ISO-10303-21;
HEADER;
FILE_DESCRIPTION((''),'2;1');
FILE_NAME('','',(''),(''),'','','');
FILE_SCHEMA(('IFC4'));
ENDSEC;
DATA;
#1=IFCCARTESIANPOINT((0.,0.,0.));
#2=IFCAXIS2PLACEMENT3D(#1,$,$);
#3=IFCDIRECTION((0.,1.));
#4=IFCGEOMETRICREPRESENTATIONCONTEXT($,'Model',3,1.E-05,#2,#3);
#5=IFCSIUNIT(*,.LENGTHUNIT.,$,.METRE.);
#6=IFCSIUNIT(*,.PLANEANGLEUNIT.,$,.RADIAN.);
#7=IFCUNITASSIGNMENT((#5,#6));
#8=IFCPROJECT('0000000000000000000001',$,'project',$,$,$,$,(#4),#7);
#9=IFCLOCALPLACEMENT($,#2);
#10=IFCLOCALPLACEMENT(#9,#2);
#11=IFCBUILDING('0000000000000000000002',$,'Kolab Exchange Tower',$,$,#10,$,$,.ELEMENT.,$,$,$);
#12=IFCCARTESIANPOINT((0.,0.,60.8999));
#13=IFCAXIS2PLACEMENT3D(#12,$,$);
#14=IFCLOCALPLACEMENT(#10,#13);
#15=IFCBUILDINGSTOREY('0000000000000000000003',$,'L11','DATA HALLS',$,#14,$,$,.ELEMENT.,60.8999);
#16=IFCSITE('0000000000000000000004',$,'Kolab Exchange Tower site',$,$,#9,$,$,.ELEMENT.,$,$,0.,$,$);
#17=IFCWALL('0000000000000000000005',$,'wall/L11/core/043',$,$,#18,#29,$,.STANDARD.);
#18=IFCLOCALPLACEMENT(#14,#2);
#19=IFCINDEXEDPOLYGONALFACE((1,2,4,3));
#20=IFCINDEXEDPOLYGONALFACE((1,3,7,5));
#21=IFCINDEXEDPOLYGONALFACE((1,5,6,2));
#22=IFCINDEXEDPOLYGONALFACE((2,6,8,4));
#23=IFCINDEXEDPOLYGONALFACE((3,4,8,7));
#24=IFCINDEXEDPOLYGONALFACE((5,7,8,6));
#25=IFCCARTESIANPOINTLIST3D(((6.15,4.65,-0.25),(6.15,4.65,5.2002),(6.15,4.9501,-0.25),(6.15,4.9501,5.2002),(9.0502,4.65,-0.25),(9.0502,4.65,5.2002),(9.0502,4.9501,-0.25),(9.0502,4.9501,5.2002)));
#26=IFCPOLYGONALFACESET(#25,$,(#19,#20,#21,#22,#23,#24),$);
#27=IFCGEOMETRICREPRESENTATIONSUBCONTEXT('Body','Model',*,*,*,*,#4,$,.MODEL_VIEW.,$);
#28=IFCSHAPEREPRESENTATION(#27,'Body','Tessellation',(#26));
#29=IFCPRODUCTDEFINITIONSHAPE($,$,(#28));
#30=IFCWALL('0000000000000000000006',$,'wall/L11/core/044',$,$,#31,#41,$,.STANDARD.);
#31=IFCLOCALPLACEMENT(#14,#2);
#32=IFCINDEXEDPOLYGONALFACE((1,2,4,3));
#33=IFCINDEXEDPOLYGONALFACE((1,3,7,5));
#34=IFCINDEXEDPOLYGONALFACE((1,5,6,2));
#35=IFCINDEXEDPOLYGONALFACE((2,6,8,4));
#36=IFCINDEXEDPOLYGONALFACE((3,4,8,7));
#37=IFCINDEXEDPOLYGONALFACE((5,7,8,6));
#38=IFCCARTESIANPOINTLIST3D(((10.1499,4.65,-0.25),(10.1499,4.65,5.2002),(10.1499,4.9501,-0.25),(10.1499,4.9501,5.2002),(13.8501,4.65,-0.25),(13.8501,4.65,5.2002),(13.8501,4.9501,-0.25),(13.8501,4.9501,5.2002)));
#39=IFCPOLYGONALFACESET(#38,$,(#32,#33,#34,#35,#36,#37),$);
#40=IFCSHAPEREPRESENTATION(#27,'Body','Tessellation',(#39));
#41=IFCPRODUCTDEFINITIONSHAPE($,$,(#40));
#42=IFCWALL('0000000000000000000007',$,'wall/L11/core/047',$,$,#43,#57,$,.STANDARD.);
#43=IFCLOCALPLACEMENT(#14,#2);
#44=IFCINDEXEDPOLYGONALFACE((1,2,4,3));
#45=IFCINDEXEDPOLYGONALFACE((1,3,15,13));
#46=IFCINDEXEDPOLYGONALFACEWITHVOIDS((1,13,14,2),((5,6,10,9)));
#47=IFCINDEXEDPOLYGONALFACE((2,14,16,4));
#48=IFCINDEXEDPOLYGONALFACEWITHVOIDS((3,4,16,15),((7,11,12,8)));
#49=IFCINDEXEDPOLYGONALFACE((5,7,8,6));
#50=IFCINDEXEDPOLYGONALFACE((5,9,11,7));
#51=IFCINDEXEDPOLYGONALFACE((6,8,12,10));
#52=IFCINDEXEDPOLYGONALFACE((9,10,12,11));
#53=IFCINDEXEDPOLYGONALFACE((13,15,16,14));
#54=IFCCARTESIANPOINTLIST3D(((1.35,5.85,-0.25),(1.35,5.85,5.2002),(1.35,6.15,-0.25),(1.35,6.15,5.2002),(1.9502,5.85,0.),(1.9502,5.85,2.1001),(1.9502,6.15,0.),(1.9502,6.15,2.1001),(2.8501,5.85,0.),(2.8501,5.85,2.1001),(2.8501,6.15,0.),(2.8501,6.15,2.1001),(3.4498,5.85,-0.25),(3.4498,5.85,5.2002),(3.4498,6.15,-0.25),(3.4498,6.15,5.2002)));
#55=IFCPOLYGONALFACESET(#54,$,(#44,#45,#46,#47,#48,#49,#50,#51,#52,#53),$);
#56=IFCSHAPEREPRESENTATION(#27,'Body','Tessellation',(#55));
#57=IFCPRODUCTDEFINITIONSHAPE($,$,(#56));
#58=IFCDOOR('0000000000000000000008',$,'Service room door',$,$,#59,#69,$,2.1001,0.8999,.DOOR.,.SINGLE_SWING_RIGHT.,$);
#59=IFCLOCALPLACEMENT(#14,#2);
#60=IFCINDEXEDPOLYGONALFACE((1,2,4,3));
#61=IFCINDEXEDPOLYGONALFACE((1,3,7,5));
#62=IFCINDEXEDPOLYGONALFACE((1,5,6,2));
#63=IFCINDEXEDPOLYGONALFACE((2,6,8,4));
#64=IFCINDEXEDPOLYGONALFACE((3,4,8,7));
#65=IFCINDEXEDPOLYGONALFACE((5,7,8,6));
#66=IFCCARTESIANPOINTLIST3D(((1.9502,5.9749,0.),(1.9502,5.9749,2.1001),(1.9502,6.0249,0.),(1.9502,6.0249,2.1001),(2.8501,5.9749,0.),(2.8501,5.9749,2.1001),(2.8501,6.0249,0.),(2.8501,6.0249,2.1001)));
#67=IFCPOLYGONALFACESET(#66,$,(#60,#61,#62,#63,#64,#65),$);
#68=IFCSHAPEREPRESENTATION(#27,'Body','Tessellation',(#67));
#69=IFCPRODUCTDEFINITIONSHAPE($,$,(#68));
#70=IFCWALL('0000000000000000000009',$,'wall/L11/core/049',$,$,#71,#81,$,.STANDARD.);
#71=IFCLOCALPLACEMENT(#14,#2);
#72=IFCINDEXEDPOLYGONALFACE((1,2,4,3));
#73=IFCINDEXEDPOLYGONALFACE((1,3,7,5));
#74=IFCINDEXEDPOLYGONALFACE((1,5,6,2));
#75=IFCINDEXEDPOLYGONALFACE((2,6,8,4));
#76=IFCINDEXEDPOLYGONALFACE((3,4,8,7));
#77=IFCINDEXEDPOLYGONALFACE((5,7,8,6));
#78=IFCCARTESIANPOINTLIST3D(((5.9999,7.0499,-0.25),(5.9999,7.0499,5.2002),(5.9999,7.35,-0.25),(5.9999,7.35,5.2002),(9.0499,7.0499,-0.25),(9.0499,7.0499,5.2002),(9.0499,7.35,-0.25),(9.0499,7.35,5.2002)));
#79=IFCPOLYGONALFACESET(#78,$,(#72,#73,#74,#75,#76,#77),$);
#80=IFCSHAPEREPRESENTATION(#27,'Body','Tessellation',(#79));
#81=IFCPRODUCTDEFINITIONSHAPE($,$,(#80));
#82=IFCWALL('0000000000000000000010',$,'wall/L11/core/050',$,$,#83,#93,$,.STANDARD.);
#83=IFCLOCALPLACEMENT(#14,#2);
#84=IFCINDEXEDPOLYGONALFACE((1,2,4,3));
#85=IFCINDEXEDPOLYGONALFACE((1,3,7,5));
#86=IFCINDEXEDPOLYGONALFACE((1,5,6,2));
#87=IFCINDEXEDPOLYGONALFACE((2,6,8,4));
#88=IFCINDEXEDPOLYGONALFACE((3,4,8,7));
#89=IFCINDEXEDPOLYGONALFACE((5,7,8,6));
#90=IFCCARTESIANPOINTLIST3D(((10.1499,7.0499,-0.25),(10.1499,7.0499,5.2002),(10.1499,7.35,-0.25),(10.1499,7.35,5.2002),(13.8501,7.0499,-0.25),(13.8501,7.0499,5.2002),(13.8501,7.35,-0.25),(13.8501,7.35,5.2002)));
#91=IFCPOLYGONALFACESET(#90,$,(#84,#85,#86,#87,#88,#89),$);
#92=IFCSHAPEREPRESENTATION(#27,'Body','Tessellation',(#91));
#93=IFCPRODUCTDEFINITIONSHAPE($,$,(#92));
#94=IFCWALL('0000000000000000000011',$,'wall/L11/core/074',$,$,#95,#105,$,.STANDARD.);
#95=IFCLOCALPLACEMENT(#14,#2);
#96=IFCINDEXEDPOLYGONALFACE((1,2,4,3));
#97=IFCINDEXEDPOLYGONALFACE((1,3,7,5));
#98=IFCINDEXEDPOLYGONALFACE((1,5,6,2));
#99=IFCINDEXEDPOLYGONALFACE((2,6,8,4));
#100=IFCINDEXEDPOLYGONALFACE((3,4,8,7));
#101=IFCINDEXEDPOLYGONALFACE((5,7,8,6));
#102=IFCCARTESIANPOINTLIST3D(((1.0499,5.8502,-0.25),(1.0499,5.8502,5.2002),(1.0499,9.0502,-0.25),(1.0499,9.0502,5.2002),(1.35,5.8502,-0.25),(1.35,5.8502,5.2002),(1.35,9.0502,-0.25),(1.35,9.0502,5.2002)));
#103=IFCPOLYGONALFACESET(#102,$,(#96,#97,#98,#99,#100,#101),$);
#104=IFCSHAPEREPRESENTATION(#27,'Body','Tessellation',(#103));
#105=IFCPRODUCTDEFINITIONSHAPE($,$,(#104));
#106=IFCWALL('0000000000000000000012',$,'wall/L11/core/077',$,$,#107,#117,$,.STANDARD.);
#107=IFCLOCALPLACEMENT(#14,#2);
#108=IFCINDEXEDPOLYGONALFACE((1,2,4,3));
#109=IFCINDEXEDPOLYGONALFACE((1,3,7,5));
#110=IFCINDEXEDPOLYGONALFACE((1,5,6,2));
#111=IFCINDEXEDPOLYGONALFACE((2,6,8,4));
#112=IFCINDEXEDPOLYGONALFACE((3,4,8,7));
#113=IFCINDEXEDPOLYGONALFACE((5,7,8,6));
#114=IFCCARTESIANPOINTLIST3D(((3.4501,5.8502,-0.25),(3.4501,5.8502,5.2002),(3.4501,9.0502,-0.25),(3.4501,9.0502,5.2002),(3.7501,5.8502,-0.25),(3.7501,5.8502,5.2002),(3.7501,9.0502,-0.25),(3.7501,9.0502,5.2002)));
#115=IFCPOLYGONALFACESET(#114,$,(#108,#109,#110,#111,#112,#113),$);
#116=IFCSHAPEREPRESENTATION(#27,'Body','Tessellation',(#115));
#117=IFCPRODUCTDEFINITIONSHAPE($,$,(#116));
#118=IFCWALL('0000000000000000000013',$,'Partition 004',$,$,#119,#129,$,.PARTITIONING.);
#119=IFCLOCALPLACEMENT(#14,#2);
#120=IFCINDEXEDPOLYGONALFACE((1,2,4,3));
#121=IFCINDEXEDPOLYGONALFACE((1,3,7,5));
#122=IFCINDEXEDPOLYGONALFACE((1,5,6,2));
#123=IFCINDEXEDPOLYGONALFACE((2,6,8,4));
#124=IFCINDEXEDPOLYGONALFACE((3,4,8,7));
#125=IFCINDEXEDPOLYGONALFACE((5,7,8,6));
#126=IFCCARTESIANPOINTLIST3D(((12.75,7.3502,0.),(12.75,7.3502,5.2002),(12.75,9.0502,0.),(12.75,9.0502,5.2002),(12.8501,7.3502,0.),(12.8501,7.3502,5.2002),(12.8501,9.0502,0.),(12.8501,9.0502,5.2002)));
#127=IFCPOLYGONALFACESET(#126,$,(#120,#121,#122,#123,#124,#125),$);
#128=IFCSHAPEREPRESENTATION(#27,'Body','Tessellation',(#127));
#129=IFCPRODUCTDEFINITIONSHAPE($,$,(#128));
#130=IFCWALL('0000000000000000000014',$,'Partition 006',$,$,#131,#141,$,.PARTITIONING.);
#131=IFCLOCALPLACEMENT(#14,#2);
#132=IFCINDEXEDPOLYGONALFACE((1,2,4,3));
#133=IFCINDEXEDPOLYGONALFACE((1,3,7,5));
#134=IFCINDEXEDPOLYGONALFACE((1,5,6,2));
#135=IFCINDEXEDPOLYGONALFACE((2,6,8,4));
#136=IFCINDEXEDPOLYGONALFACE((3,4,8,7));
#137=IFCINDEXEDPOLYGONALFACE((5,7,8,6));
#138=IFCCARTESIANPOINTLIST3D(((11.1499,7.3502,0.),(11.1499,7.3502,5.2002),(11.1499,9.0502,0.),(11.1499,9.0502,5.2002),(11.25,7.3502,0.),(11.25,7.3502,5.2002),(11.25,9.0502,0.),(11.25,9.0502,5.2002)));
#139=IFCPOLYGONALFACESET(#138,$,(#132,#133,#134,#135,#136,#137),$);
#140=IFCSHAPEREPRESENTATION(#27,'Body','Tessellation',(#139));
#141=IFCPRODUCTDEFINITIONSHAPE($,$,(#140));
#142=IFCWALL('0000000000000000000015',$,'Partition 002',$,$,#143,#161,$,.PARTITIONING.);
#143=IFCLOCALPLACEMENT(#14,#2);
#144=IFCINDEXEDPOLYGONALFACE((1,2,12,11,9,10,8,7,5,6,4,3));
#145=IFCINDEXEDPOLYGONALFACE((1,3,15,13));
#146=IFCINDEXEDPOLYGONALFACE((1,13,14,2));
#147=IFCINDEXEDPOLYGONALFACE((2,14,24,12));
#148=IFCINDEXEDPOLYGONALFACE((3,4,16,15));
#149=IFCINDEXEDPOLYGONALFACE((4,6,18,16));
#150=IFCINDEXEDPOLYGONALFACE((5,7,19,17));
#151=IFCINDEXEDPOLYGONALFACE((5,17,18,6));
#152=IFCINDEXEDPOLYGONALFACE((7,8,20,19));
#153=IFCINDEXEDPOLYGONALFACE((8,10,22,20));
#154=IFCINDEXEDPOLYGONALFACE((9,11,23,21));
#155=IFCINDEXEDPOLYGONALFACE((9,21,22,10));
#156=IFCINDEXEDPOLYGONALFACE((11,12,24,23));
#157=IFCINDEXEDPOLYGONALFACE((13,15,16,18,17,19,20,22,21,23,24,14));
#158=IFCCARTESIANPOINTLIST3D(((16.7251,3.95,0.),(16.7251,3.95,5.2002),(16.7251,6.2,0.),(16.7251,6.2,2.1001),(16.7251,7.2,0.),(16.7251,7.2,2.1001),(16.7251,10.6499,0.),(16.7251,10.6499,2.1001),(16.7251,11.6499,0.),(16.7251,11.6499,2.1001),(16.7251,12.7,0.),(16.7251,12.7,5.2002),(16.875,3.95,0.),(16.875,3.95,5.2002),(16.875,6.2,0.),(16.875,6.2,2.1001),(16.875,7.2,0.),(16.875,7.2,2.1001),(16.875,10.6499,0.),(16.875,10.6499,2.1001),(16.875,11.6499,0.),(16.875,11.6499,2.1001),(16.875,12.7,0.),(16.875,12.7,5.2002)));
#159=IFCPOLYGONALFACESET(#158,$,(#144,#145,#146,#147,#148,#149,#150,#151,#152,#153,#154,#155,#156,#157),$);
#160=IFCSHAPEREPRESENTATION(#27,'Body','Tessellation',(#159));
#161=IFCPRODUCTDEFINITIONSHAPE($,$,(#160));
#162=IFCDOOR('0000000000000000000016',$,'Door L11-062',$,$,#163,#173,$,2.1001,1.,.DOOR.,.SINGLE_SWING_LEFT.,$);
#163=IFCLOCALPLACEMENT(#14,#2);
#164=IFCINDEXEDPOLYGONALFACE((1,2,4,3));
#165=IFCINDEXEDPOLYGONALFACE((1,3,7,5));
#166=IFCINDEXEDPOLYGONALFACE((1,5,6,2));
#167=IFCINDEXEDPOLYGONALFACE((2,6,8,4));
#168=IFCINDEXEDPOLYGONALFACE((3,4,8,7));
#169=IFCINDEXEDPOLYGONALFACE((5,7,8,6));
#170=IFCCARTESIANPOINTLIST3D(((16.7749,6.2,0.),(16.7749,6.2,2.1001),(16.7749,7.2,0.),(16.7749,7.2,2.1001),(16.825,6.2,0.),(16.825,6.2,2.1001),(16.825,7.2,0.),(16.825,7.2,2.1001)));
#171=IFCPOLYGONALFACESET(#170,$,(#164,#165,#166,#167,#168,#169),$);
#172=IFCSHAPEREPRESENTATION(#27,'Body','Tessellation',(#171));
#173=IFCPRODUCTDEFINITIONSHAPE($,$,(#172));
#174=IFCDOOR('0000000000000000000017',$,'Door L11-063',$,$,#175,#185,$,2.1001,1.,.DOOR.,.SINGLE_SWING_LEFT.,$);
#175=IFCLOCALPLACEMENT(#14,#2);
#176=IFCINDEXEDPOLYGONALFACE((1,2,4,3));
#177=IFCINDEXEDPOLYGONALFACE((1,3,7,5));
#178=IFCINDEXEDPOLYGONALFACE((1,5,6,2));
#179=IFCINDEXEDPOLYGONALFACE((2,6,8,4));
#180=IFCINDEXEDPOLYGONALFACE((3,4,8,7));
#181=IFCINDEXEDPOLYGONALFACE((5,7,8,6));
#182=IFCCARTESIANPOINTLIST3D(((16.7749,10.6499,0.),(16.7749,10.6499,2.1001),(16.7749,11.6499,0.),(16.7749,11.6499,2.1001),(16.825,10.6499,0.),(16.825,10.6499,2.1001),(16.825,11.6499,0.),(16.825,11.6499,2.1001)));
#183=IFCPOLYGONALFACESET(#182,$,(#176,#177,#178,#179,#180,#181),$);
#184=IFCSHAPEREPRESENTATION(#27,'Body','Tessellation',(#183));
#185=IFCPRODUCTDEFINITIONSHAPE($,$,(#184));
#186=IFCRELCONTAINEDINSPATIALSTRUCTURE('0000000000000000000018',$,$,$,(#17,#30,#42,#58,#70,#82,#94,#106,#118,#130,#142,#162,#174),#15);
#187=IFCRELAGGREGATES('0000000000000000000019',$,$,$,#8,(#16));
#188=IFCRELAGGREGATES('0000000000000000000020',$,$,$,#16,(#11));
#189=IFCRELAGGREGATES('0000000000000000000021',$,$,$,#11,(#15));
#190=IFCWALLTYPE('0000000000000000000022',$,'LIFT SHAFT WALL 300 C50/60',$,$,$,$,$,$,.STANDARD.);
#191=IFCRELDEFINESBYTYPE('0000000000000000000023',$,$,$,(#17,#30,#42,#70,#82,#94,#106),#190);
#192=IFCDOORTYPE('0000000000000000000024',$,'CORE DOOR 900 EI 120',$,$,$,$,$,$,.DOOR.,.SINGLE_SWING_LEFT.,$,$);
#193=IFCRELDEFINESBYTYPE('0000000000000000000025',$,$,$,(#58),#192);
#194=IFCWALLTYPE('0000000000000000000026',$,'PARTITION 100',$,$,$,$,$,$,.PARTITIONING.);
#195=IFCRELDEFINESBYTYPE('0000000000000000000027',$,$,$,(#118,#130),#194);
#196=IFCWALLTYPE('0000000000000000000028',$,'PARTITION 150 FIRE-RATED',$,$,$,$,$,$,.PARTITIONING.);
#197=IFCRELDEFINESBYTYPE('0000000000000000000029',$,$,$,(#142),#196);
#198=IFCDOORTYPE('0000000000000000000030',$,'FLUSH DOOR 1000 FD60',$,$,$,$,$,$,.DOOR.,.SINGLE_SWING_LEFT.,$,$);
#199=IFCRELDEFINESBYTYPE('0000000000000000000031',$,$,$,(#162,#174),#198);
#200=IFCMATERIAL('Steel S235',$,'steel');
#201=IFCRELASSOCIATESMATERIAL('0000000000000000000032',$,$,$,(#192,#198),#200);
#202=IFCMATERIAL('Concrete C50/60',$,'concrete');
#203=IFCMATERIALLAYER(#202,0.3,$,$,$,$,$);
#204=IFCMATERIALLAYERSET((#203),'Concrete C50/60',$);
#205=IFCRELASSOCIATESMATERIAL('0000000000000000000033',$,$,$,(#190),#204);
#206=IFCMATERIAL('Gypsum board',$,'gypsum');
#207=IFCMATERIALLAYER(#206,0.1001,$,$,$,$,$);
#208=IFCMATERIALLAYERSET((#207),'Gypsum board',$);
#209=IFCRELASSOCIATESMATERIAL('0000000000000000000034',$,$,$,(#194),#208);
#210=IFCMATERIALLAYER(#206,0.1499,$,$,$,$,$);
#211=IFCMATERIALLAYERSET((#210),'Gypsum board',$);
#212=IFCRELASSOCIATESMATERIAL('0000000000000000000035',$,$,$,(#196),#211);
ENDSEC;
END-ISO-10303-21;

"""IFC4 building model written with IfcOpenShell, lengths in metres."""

from ifc_helpers import new_model, si_unit, direction, frame, frame_2d, origin, place, context, subcontext, project, spatial, rectangle, extrude, material, layer, layer_set, type_object, element, fill, save


model = new_model("IFC4")

# Units and contexts
model_context = context("Model", 3, precision=1e-05, world=origin(), true_north=direction((0.0, 1.0)))
body_context = subcontext(model_context, "Body", "Model", "MODEL_VIEW")
ifc_project = project(units=[si_unit("LENGTHUNIT", "METRE"), si_unit("PLANEANGLEUNIT", "RADIAN")], contexts=[model_context])

# Site, building, storey
site_placement = place(None, origin())
site = spatial("IfcSite", under=ifc_project, at=site_placement, Name="Kolab Exchange Tower site", CompositionType="ELEMENT", RefElevation=0.0)
building_placement = place(site_placement, origin())
building = spatial("IfcBuilding", under=site, at=building_placement, Name="Kolab Exchange Tower", CompositionType="ELEMENT")
storey_placement = place(building_placement, frame((0.0, 0.0, 60.8999)))
storey = spatial("IfcBuildingStorey", under=building, at=storey_placement, Name="L11", Description="DATA HALLS", CompositionType="ELEMENT", Elevation=60.8999)

# Shared definitions
ifc_material_1 = material(Name="Steel S235", Category="steel")
door_type_1 = type_object("IfcDoorType", Name="CORE DOOR 900 EI 120", OperationType="SINGLE_SWING_LEFT", PredefinedType="DOOR", material=ifc_material_1)

# Shared definitions
ifc_material_2 = material(Name="Concrete C50/60", Category="concrete")
ifc_layer_1 = layer(ifc_material_2, 0.3)
ifc_layer_set_1 = layer_set([ifc_layer_1], Name="Concrete C50/60")
wall_type_1 = type_object("IfcWallType", Name="LIFT SHAFT WALL 300 C50/60", PredefinedType="STANDARD", material=ifc_layer_set_1)

# Walls
wall_1_placement = place(storey_placement, frame((6.1499, 4.8, -0.25), z_axis=(0.0, 0.0, 1.0), x_axis=(1.0, 0.0, 0.0)))
element("IfcWall", 1, at=wall_1_placement, inside=storey, type_object=wall_type_1, Name="wall/L11/core/043", PredefinedType="STANDARD", context=body_context, shape_type="SweptSolid", body=[
    extrude(rectangle(XDim=2.9001, YDim=0.3, at=frame_2d((1.4502, 0.0))), origin(), (0.0, 0.0, 1.0), 5.4502),
])
wall_2_placement = place(storey_placement, frame((10.1499, 4.8, -0.25), z_axis=(0.0, 0.0, 1.0), x_axis=(1.0, 0.0, 0.0)))
element("IfcWall", 2, at=wall_2_placement, inside=storey, type_object=wall_type_1, Name="wall/L11/core/044", PredefinedType="STANDARD", context=body_context, shape_type="SweptSolid", body=[
    extrude(rectangle(XDim=3.7002, YDim=0.3, at=frame_2d((1.8501, 0.0))), origin(), (0.0, 0.0, 1.0), 5.4502),
])

# Wall, opening, door
wall_3_placement = place(storey_placement, frame((1.3501, 6.0, -0.25), z_axis=(0.0, 0.0, 1.0), x_axis=(1.0, 0.0, 0.0)))
wall_3 = element("IfcWall", 3, at=wall_3_placement, inside=storey, type_object=wall_type_1, Name="wall/L11/core/047", PredefinedType="STANDARD", context=body_context, shape_type="SweptSolid", body=[
    extrude(rectangle(XDim=2.0999, YDim=0.3, at=frame_2d((1.0498, 0.0))), origin(), (0.0, 0.0, 1.0), 5.4502),
])
opening_1_placement = place(wall_3_placement, frame((0.6001, 0.0, 0.25)))
opening_1 = element("IfcOpeningElement", 4, at=opening_1_placement, cuts=wall_3, PredefinedType="OPENING", context=body_context, shape_type="SweptSolid", body=[
    extrude(rectangle(XDim=0.8999, YDim=2.1001, at=frame_2d((0.45, 1.05))), frame((0.0, 0.1602, 0.0), z_axis=(0.0, -1.0, 0.0), x_axis=(1.0, 0.0, 0.0)), (0.0, 0.0, 1.0), 0.3201),
])
door_1_placement = place(opening_1_placement, origin())
door_1 = element("IfcDoor", 5, at=door_1_placement, inside=storey, type_object=door_type_1, Name="Service room door", OperationType="SINGLE_SWING_RIGHT", OverallHeight=2.1001, OverallWidth=0.8999, PredefinedType="DOOR", context=body_context, shape_type="SweptSolid", body=[
    extrude(rectangle(XDim=0.8999, YDim=2.1001, at=frame_2d((0.45, 1.05))), frame((0.0, 0.0249, 0.0), z_axis=(0.0, -1.0, 0.0), x_axis=(1.0, 0.0, 0.0)), (0.0, 0.0, 1.0), 0.05),
])
fill(opening_1, door_1)

# Walls
wall_4_placement = place(storey_placement, frame((6.0, 7.2, -0.25), z_axis=(0.0, 0.0, 1.0), x_axis=(1.0, 0.0, 0.0)))
element("IfcWall", 6, at=wall_4_placement, inside=storey, type_object=wall_type_1, Name="wall/L11/core/049", PredefinedType="STANDARD", context=body_context, shape_type="SweptSolid", body=[
    extrude(rectangle(XDim=3.05, YDim=0.3, at=frame_2d((1.5249, 0.0))), origin(), (0.0, 0.0, 1.0), 5.4502),
])
wall_5_placement = place(storey_placement, frame((10.1499, 7.2, -0.25), z_axis=(0.0, 0.0, 1.0), x_axis=(1.0, 0.0, 0.0)))
element("IfcWall", 7, at=wall_5_placement, inside=storey, type_object=wall_type_1, Name="wall/L11/core/050", PredefinedType="STANDARD", context=body_context, shape_type="SweptSolid", body=[
    extrude(rectangle(XDim=3.7002, YDim=0.3, at=frame_2d((1.8501, 0.0))), origin(), (0.0, 0.0, 1.0), 5.4502),
])
for number, where, z_axis, x_axis, name in (
    (8, (1.2, 5.8501, -0.25), (0.0, 0.0, 1.0), (0.0, 1.0, 0.0), "wall/L11/core/074"),
    (9, (3.6001, 5.8501, -0.25), (0.0, 0.0, 1.0), (0.0, 1.0, 0.0), "wall/L11/core/077"),
):
    element("IfcWall", number, at=place(storey_placement, frame(where, z_axis=z_axis, x_axis=x_axis)), inside=storey, type_object=wall_type_1, Name=name, PredefinedType="STANDARD", context=body_context, shape_type="SweptSolid", body=[
        extrude(rectangle(XDim=3.2, YDim=0.3, at=frame_2d((1.6001, 0.0))), origin(), (0.0, 0.0, 1.0), 5.4502),
    ])
ifc_material_3 = material(Name="Gypsum board", Category="gypsum")
ifc_layer_2 = layer(ifc_material_3, 0.1001)
ifc_layer_set_2 = layer_set([ifc_layer_2], Name="Gypsum board")
wall_type_2 = type_object("IfcWallType", Name="PARTITION 100", PredefinedType="PARTITIONING", material=ifc_layer_set_2)
for number, where, z_axis, x_axis, name in (
    (10, (12.8, 7.3501, 0.0), (0.0, 0.0, 1.0), (0.0, 1.0, 0.0), "Partition 004"),
    (11, (11.2, 7.3501, 0.0), (0.0, 0.0, 1.0), (0.0, 1.0, 0.0), "Partition 006"),
):
    element("IfcWall", number, at=place(storey_placement, frame(where, z_axis=z_axis, x_axis=x_axis)), inside=storey, type_object=wall_type_2, Name=name, PredefinedType="PARTITIONING", context=body_context, shape_type="SweptSolid", body=[
        extrude(rectangle(XDim=1.7, YDim=0.1001, at=frame_2d((0.8501, 0.0))), origin(), (0.0, 0.0, 1.0), 5.2002),
    ])

# Wall, openings, doors
ifc_layer_3 = layer(ifc_material_3, 0.1499)
ifc_layer_set_3 = layer_set([ifc_layer_3], Name="Gypsum board")
wall_type_3 = type_object("IfcWallType", Name="PARTITION 150 FIRE-RATED", PredefinedType="PARTITIONING", material=ifc_layer_set_3)
wall_6_placement = place(storey_placement, frame((16.8, 3.95, 0.0), z_axis=(0.0, 0.0, 1.0), x_axis=(0.0, 1.0, 0.0)))
wall_6 = element("IfcWall", 12, at=wall_6_placement, inside=storey, type_object=wall_type_3, Name="Partition 002", PredefinedType="PARTITIONING", context=body_context, shape_type="SweptSolid", body=[
    extrude(rectangle(XDim=8.75, YDim=0.1499, at=frame_2d((4.375, 0.0))), origin(), (0.0, 0.0, 1.0), 5.2002),
])
opening_2_placement = place(wall_6_placement, frame((2.25, 0.0, 0.0)))
opening_2 = element("IfcOpeningElement", 13, at=opening_2_placement, cuts=wall_6, PredefinedType="OPENING", context=body_context, shape_type="SweptSolid", body=[
    extrude(rectangle(XDim=1.0, YDim=2.1001, at=frame_2d((0.5, 1.05))), frame((0.0, 0.085, 0.0), z_axis=(0.0, -1.0, 0.0), x_axis=(1.0, 0.0, 0.0)), (0.0, 0.0, 1.0), 0.1699),
])
opening_3_placement = place(wall_6_placement, frame((6.7, 0.0, 0.0)))
opening_3 = element("IfcOpeningElement", 14, at=opening_3_placement, cuts=wall_6, PredefinedType="OPENING", context=body_context, shape_type="SweptSolid", body=[
    extrude(rectangle(XDim=1.0, YDim=2.1001, at=frame_2d((0.5, 1.05))), frame((0.0, 0.085, 0.0), z_axis=(0.0, -1.0, 0.0), x_axis=(1.0, 0.0, 0.0)), (0.0, 0.0, 1.0), 0.1699),
])
door_type_2 = type_object("IfcDoorType", Name="FLUSH DOOR 1000 FD60", OperationType="SINGLE_SWING_LEFT", PredefinedType="DOOR", material=ifc_material_1)
door_2_placement = place(opening_2_placement, frame((1.0, 0.0, 0.0), z_axis=(0.0, 0.0, 1.0), x_axis=(-1.0, 0.0, 0.0)))
door_2 = element("IfcDoor", 15, at=door_2_placement, inside=storey, type_object=door_type_2, Name="Door L11-062", OperationType="SINGLE_SWING_LEFT", OverallHeight=2.1001, OverallWidth=1.0, PredefinedType="DOOR", context=body_context, shape_type="SweptSolid", body=[
    extrude(rectangle(XDim=1.0, YDim=2.1001, at=frame_2d((0.5, 1.05))), frame((0.0, 0.0249, 0.0), z_axis=(0.0, -1.0, 0.0), x_axis=(1.0, 0.0, 0.0)), (0.0, 0.0, 1.0), 0.05),
])
fill(opening_2, door_2)
door_3_placement = place(opening_3_placement, frame((1.0, 0.0, 0.0), z_axis=(0.0, 0.0, 1.0), x_axis=(-1.0, 0.0, 0.0)))
door_3 = element("IfcDoor", 16, at=door_3_placement, inside=storey, type_object=door_type_2, Name="Door L11-063", OperationType="SINGLE_SWING_LEFT", OverallHeight=2.1001, OverallWidth=1.0, PredefinedType="DOOR", context=body_context, shape_type="SweptSolid", body=[
    extrude(rectangle(XDim=1.0, YDim=2.1001, at=frame_2d((0.5, 1.05))), frame((0.0, 0.0249, 0.0), z_axis=(0.0, -1.0, 0.0), x_axis=(1.0, 0.0, 0.0)), (0.0, 0.0, 1.0), 0.05),
])
fill(opening_3, door_3)

save(model, "model.ifc")
